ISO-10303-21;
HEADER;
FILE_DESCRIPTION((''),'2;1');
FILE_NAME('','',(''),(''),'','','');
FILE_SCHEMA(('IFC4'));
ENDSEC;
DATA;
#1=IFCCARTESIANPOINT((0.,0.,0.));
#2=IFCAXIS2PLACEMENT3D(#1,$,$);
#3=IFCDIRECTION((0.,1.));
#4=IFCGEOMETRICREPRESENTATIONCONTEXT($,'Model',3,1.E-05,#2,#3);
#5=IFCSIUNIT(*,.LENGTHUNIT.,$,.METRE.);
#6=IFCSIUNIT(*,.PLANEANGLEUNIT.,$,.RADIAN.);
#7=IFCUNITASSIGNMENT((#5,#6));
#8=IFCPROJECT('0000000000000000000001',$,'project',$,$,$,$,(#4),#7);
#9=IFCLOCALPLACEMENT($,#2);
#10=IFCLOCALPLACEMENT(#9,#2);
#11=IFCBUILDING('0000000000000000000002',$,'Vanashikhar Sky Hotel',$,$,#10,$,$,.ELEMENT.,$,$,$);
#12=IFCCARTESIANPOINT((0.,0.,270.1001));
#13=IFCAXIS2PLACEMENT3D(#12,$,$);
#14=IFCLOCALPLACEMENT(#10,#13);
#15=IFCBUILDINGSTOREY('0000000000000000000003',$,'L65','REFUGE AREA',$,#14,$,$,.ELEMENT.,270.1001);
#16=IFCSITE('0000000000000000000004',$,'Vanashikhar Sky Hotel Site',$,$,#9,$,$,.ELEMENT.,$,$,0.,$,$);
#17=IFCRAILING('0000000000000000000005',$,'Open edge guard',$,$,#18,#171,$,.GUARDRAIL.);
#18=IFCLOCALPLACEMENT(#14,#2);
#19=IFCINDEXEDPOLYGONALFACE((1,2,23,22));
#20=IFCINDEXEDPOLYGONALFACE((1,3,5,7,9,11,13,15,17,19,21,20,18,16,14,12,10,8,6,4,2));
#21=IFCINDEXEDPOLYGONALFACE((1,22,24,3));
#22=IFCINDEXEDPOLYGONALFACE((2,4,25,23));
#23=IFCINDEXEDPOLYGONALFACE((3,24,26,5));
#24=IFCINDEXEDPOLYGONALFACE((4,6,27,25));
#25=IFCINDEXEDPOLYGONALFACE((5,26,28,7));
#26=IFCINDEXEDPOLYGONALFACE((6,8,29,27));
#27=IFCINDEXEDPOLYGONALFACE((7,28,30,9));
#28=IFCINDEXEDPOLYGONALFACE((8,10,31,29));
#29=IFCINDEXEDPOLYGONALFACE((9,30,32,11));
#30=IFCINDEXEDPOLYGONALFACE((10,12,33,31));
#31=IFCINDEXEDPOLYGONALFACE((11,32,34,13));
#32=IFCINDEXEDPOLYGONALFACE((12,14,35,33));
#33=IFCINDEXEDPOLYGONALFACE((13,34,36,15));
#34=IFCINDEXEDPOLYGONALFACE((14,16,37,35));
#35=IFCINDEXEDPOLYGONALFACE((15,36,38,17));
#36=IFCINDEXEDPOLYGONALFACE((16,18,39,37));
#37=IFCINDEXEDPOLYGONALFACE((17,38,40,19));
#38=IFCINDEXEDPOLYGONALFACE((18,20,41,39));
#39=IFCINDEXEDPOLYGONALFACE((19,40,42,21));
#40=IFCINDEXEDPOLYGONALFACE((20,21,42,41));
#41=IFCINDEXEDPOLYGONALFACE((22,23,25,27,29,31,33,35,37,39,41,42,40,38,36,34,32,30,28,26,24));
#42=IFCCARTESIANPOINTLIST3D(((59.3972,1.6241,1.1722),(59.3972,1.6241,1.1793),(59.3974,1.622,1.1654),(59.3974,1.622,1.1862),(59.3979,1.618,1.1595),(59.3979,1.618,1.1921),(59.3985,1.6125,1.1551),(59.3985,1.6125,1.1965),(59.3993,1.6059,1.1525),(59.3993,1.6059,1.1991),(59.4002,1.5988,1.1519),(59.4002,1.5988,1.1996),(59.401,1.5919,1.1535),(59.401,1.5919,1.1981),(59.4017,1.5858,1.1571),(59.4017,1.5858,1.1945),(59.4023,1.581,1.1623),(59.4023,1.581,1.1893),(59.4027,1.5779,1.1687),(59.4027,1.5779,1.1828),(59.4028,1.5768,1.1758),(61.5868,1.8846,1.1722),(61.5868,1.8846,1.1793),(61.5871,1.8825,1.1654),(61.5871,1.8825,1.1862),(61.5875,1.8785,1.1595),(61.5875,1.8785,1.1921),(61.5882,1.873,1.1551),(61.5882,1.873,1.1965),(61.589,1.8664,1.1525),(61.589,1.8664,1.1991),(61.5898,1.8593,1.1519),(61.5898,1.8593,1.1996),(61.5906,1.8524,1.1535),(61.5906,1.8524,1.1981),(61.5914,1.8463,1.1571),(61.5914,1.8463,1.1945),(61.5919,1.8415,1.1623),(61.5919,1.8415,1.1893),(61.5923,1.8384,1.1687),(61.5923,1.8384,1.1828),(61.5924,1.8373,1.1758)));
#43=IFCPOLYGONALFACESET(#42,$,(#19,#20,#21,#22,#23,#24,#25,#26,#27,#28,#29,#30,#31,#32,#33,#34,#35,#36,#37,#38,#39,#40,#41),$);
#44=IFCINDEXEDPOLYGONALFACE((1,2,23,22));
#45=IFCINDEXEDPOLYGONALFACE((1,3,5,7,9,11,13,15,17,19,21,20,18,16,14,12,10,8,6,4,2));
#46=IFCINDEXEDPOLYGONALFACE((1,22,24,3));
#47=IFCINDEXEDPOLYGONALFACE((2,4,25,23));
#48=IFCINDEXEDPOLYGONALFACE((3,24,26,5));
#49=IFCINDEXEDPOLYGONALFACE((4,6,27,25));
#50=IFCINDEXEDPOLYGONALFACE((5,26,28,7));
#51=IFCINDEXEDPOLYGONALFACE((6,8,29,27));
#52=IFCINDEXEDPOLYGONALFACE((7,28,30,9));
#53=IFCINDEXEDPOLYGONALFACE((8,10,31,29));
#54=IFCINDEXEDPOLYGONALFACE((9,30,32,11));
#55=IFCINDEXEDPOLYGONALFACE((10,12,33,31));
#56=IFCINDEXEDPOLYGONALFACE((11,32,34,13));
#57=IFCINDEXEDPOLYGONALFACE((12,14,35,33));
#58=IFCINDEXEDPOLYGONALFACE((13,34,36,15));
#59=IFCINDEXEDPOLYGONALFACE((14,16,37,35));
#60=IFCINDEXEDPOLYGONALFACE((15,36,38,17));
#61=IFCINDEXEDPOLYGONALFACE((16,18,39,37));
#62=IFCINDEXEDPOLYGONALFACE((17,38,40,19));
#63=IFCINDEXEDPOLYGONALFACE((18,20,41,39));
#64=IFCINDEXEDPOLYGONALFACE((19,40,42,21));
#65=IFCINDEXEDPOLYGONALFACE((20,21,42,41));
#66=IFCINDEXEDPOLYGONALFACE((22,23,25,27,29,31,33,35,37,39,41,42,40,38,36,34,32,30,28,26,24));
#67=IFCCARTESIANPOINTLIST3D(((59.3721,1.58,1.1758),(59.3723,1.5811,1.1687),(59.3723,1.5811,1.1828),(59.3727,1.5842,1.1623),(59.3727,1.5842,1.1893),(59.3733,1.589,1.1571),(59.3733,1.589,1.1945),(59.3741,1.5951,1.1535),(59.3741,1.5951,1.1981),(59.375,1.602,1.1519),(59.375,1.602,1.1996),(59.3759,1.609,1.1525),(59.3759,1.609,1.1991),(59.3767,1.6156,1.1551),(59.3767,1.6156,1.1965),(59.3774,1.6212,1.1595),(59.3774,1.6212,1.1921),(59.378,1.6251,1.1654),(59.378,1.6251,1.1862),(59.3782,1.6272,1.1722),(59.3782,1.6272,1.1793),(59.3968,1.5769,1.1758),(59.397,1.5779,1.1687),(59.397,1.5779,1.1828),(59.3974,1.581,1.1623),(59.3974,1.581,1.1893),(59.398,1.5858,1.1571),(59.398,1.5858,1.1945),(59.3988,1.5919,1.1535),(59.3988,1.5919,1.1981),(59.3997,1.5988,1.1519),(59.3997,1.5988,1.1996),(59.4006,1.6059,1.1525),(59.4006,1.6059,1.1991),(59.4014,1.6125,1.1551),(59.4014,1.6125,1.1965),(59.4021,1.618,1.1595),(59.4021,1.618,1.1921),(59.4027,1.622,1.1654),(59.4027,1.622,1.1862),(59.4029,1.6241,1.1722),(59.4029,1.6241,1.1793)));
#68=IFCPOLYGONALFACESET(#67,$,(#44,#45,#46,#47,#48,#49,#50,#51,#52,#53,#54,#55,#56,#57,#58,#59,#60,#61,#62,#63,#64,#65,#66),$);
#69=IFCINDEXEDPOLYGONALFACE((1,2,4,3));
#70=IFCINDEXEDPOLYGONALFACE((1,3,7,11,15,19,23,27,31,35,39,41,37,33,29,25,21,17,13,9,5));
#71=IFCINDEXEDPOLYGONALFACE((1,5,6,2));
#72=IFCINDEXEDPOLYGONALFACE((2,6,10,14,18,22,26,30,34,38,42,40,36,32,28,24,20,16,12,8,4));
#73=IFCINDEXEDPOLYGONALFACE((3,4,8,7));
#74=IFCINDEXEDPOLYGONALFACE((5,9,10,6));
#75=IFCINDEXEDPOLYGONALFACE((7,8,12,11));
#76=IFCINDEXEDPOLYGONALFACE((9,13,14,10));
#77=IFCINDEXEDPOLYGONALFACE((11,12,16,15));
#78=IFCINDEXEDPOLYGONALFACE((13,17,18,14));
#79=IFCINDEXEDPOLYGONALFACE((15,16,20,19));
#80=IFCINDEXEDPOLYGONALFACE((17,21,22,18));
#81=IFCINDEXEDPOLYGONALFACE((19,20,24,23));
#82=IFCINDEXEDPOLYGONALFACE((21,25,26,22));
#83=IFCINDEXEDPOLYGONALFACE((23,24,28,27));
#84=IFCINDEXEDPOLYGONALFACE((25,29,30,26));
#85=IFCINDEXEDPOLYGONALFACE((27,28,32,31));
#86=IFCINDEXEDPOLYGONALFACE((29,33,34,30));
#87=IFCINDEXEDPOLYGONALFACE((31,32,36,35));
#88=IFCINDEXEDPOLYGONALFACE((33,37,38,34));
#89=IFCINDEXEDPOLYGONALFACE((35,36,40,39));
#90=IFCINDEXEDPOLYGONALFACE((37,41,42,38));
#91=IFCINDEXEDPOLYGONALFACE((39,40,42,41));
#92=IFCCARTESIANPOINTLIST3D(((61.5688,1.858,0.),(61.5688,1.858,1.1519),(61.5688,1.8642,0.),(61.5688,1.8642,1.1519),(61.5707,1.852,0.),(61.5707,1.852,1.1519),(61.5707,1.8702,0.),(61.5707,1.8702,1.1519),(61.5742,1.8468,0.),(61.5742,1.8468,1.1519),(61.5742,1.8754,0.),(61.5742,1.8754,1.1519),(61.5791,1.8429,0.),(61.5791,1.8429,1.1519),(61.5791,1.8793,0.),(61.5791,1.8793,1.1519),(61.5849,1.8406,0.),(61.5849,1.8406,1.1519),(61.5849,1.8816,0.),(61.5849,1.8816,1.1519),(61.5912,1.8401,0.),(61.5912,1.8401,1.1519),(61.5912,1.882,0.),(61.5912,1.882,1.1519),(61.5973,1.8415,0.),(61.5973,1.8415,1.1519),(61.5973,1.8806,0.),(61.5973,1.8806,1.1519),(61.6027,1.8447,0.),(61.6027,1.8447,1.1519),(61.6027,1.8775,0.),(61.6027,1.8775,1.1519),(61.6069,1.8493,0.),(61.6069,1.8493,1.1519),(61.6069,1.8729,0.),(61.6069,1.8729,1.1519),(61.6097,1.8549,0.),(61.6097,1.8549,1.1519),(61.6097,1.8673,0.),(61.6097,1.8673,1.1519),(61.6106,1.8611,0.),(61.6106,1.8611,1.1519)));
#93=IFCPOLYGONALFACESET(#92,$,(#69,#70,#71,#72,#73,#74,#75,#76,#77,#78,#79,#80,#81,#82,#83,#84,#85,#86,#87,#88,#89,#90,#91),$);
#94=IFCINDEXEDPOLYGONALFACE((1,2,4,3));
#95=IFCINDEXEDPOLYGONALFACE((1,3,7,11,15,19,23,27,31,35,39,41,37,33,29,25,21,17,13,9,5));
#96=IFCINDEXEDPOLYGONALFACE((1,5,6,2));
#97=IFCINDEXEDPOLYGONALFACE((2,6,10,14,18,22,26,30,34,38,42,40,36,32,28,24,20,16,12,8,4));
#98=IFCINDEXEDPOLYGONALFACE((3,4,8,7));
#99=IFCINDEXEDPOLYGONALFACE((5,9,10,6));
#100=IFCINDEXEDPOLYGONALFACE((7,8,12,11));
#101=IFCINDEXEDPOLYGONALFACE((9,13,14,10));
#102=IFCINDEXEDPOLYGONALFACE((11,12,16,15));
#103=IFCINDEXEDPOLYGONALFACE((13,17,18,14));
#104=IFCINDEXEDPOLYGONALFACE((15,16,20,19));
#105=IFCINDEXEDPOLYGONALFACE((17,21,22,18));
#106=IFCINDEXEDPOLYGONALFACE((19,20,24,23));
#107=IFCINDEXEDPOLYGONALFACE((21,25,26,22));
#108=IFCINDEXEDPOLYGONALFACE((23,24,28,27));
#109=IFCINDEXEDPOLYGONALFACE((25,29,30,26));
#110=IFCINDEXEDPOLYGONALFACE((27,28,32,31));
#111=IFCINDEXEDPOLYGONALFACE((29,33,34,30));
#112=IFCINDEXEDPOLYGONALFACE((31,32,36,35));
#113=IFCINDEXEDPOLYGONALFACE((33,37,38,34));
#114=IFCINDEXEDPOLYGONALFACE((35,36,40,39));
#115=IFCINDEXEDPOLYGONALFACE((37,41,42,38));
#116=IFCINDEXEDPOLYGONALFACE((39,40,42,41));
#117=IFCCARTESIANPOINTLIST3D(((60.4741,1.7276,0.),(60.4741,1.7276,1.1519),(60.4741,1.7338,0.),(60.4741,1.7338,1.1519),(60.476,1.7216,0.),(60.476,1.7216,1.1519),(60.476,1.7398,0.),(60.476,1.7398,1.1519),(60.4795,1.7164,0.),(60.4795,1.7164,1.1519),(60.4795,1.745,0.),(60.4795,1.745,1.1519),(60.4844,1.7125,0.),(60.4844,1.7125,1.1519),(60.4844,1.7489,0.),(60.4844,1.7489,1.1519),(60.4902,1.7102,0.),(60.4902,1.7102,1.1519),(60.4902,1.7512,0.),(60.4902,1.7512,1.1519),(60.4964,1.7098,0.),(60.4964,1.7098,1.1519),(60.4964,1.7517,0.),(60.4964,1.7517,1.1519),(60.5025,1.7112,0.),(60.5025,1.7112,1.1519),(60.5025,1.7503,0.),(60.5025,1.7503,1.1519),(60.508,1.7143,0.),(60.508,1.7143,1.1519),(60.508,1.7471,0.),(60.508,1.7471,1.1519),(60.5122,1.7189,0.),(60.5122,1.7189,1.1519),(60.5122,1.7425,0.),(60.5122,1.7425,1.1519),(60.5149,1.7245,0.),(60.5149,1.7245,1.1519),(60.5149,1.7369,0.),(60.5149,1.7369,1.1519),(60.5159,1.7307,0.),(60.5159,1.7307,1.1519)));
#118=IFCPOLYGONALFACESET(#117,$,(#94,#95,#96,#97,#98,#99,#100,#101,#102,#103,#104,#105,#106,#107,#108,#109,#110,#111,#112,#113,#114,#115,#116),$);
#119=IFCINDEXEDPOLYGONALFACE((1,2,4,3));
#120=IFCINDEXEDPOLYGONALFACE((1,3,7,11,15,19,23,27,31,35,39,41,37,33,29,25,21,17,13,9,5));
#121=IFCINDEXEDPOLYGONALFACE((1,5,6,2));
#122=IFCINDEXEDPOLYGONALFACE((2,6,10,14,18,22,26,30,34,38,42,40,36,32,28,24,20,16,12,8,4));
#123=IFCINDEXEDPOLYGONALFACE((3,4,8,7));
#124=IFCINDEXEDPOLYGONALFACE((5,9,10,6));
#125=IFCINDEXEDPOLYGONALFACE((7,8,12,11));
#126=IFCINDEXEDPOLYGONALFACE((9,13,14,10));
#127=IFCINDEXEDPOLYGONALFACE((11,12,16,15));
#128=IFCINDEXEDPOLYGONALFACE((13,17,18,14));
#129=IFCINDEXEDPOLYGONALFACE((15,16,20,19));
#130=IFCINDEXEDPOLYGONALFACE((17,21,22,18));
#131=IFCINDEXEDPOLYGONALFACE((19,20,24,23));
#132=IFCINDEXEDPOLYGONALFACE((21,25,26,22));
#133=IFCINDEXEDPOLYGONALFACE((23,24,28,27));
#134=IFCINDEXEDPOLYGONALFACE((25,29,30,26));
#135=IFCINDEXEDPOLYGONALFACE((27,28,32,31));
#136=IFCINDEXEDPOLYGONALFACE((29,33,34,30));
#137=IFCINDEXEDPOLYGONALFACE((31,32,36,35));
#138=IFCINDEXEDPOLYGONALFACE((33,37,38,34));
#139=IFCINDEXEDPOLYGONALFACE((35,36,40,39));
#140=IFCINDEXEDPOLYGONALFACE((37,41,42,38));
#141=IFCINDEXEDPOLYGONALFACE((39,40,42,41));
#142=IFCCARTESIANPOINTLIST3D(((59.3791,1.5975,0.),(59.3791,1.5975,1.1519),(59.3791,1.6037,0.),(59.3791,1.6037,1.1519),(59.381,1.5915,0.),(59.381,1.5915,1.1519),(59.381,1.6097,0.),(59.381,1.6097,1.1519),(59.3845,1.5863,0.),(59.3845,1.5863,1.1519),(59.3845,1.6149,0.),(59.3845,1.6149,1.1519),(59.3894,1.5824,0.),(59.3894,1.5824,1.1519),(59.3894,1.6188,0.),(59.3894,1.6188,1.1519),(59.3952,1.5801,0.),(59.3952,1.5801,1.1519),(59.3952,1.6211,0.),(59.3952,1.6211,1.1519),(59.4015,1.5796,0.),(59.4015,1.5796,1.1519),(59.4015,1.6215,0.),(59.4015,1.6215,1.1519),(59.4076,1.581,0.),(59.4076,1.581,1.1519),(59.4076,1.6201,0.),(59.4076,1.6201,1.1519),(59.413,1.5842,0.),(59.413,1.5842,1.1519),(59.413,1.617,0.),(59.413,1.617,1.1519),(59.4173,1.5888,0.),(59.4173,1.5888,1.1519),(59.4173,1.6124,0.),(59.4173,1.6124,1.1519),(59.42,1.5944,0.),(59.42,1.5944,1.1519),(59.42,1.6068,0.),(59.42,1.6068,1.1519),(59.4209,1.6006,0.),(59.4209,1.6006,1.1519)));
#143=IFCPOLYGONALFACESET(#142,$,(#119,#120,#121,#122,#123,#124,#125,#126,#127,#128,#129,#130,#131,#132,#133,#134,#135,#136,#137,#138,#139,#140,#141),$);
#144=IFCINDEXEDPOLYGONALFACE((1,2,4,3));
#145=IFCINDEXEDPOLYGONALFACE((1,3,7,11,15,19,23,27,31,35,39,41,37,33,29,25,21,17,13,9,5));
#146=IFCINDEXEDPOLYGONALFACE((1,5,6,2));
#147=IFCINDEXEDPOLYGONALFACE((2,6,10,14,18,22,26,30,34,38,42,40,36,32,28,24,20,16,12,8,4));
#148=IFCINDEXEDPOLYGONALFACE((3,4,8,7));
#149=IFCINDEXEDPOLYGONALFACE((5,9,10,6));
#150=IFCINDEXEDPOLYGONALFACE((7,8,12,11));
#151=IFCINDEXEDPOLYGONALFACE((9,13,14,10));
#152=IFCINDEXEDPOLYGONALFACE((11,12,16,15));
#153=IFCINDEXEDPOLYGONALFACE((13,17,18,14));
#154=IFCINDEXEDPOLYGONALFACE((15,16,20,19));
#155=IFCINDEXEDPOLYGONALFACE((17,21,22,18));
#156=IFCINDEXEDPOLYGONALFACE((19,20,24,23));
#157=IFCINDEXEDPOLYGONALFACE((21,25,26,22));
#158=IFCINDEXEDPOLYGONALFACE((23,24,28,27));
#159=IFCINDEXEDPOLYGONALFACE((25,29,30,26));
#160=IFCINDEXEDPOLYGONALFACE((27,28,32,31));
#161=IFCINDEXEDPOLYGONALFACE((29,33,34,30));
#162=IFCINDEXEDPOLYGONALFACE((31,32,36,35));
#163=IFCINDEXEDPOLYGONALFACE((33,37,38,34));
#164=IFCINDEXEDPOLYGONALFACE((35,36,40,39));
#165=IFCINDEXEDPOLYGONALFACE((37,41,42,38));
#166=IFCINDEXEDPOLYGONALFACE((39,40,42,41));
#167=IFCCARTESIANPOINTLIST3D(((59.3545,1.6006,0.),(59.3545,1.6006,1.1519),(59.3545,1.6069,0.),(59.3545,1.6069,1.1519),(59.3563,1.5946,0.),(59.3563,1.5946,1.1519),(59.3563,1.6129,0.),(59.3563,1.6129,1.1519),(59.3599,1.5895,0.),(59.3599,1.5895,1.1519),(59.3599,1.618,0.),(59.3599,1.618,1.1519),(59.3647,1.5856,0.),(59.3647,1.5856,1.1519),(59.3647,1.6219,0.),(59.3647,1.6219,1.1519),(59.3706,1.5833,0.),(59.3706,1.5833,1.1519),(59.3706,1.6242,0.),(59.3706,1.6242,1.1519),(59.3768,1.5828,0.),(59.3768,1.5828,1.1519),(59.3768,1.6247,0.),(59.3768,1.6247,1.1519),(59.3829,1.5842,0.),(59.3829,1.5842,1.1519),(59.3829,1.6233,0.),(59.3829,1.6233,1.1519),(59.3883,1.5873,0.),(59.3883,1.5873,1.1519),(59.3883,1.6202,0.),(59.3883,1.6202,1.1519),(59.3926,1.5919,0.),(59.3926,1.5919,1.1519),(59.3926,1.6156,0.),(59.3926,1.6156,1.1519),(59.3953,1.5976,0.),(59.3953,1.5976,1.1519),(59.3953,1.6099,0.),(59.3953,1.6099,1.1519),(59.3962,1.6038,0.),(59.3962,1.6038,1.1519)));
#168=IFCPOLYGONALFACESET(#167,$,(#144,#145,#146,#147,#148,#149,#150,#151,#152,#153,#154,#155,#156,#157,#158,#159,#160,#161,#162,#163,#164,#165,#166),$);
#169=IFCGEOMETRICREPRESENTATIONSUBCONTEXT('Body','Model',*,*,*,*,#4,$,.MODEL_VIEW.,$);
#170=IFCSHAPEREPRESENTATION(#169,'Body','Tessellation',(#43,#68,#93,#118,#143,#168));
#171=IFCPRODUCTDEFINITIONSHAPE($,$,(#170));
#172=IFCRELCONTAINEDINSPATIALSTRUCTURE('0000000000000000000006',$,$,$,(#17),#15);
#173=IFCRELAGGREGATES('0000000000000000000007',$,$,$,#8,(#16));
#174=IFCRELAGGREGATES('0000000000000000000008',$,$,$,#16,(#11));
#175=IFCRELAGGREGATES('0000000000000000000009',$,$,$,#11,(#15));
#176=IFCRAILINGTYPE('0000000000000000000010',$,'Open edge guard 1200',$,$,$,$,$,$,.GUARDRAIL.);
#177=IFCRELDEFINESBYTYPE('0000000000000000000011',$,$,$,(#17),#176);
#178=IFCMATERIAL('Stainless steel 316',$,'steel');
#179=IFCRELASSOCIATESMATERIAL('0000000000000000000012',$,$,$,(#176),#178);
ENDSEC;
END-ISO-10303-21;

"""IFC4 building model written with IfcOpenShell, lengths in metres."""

from ifc_helpers import new_model, si_unit, direction, frame, origin, origin_2d, place, context, subcontext, project, spatial, circle, extrude, source, transform, mapped, material, type_object, element, save


model = new_model("IFC4")

# Units and contexts
model_context = context("Model", 3, precision=1e-05, world=origin(), true_north=direction((0.0, 1.0)))
body_context = subcontext(model_context, "Body", "Model", "MODEL_VIEW")
ifc_project = project(units=[si_unit("LENGTHUNIT", "METRE"), si_unit("PLANEANGLEUNIT", "RADIAN")], contexts=[model_context])

# Site, building, storey
site_placement = place(None, origin())
site = spatial("IfcSite", under=ifc_project, at=site_placement, Name="Vanashikhar Sky Hotel Site", CompositionType="ELEMENT", RefElevation=0.0)
building_placement = place(site_placement, origin())
building = spatial("IfcBuilding", under=site, at=building_placement, Name="Vanashikhar Sky Hotel", CompositionType="ELEMENT")
storey_placement = place(building_placement, frame((0.0, 0.0, 270.1001)))
storey = spatial("IfcBuildingStorey", under=building, at=storey_placement, Name="L65", Description="REFUGE AREA", CompositionType="ELEMENT", Elevation=270.1001)

# Railing
ifc_material_1 = material(Name="Stainless steel 316", Category="steel")
railing_type = type_object("IfcRailingType", Name="Open edge guard 1200", PredefinedType="GUARDRAIL", material=ifc_material_1)
shared_shape_1 = source(origin(), body_context, "Body", "SweptSolid", [
    extrude(circle(Radius=0.0239, at=origin_2d()), frame((0.0, 0.0, 1.1758), z_axis=(-0.992998, -0.118132, 0.0), x_axis=(0.118132, -0.992998, 0.0)), (0.0, 0.0, 1.0), 2.2051),
    extrude(circle(Radius=0.0239, at=origin_2d()), frame((-2.1897, -0.2605, 1.1758), z_axis=(-0.991818, 0.12766, 0.0), x_axis=(-0.12766, -0.991818, 0.0)), (0.0, 0.0, 1.0), 0.0249),
    extrude(circle(Radius=0.021, at=origin_2d()), origin(), (0.0, 0.0, 1.0), 1.1519),
    extrude(circle(Radius=0.021, at=origin_2d()), frame((-1.0947, -0.1304, 0.0)), (0.0, 0.0, 1.0), 1.1519),
    extrude(circle(Radius=0.021, at=origin_2d()), frame((-2.1897, -0.2605, 0.0)), (0.0, 0.0, 1.0), 1.1519),
    extrude(circle(Radius=0.021, at=origin_2d()), frame((-2.2144, -0.2573, 0.0)), (0.0, 0.0, 1.0), 1.1519),
])
railing_1_placement = place(storey_placement, frame((61.5896, 1.8611, 0.0)))
element("IfcRailing", 1, at=railing_1_placement, inside=storey, type_object=railing_type, Name="Open edge guard", PredefinedType="GUARDRAIL", context=body_context, shape_type="MappedRepresentation", body=[
    mapped(shared_shape_1, transform((0.0, 0.0, 0.0), scale=1.0)),
])

save(model, "model.ifc")
